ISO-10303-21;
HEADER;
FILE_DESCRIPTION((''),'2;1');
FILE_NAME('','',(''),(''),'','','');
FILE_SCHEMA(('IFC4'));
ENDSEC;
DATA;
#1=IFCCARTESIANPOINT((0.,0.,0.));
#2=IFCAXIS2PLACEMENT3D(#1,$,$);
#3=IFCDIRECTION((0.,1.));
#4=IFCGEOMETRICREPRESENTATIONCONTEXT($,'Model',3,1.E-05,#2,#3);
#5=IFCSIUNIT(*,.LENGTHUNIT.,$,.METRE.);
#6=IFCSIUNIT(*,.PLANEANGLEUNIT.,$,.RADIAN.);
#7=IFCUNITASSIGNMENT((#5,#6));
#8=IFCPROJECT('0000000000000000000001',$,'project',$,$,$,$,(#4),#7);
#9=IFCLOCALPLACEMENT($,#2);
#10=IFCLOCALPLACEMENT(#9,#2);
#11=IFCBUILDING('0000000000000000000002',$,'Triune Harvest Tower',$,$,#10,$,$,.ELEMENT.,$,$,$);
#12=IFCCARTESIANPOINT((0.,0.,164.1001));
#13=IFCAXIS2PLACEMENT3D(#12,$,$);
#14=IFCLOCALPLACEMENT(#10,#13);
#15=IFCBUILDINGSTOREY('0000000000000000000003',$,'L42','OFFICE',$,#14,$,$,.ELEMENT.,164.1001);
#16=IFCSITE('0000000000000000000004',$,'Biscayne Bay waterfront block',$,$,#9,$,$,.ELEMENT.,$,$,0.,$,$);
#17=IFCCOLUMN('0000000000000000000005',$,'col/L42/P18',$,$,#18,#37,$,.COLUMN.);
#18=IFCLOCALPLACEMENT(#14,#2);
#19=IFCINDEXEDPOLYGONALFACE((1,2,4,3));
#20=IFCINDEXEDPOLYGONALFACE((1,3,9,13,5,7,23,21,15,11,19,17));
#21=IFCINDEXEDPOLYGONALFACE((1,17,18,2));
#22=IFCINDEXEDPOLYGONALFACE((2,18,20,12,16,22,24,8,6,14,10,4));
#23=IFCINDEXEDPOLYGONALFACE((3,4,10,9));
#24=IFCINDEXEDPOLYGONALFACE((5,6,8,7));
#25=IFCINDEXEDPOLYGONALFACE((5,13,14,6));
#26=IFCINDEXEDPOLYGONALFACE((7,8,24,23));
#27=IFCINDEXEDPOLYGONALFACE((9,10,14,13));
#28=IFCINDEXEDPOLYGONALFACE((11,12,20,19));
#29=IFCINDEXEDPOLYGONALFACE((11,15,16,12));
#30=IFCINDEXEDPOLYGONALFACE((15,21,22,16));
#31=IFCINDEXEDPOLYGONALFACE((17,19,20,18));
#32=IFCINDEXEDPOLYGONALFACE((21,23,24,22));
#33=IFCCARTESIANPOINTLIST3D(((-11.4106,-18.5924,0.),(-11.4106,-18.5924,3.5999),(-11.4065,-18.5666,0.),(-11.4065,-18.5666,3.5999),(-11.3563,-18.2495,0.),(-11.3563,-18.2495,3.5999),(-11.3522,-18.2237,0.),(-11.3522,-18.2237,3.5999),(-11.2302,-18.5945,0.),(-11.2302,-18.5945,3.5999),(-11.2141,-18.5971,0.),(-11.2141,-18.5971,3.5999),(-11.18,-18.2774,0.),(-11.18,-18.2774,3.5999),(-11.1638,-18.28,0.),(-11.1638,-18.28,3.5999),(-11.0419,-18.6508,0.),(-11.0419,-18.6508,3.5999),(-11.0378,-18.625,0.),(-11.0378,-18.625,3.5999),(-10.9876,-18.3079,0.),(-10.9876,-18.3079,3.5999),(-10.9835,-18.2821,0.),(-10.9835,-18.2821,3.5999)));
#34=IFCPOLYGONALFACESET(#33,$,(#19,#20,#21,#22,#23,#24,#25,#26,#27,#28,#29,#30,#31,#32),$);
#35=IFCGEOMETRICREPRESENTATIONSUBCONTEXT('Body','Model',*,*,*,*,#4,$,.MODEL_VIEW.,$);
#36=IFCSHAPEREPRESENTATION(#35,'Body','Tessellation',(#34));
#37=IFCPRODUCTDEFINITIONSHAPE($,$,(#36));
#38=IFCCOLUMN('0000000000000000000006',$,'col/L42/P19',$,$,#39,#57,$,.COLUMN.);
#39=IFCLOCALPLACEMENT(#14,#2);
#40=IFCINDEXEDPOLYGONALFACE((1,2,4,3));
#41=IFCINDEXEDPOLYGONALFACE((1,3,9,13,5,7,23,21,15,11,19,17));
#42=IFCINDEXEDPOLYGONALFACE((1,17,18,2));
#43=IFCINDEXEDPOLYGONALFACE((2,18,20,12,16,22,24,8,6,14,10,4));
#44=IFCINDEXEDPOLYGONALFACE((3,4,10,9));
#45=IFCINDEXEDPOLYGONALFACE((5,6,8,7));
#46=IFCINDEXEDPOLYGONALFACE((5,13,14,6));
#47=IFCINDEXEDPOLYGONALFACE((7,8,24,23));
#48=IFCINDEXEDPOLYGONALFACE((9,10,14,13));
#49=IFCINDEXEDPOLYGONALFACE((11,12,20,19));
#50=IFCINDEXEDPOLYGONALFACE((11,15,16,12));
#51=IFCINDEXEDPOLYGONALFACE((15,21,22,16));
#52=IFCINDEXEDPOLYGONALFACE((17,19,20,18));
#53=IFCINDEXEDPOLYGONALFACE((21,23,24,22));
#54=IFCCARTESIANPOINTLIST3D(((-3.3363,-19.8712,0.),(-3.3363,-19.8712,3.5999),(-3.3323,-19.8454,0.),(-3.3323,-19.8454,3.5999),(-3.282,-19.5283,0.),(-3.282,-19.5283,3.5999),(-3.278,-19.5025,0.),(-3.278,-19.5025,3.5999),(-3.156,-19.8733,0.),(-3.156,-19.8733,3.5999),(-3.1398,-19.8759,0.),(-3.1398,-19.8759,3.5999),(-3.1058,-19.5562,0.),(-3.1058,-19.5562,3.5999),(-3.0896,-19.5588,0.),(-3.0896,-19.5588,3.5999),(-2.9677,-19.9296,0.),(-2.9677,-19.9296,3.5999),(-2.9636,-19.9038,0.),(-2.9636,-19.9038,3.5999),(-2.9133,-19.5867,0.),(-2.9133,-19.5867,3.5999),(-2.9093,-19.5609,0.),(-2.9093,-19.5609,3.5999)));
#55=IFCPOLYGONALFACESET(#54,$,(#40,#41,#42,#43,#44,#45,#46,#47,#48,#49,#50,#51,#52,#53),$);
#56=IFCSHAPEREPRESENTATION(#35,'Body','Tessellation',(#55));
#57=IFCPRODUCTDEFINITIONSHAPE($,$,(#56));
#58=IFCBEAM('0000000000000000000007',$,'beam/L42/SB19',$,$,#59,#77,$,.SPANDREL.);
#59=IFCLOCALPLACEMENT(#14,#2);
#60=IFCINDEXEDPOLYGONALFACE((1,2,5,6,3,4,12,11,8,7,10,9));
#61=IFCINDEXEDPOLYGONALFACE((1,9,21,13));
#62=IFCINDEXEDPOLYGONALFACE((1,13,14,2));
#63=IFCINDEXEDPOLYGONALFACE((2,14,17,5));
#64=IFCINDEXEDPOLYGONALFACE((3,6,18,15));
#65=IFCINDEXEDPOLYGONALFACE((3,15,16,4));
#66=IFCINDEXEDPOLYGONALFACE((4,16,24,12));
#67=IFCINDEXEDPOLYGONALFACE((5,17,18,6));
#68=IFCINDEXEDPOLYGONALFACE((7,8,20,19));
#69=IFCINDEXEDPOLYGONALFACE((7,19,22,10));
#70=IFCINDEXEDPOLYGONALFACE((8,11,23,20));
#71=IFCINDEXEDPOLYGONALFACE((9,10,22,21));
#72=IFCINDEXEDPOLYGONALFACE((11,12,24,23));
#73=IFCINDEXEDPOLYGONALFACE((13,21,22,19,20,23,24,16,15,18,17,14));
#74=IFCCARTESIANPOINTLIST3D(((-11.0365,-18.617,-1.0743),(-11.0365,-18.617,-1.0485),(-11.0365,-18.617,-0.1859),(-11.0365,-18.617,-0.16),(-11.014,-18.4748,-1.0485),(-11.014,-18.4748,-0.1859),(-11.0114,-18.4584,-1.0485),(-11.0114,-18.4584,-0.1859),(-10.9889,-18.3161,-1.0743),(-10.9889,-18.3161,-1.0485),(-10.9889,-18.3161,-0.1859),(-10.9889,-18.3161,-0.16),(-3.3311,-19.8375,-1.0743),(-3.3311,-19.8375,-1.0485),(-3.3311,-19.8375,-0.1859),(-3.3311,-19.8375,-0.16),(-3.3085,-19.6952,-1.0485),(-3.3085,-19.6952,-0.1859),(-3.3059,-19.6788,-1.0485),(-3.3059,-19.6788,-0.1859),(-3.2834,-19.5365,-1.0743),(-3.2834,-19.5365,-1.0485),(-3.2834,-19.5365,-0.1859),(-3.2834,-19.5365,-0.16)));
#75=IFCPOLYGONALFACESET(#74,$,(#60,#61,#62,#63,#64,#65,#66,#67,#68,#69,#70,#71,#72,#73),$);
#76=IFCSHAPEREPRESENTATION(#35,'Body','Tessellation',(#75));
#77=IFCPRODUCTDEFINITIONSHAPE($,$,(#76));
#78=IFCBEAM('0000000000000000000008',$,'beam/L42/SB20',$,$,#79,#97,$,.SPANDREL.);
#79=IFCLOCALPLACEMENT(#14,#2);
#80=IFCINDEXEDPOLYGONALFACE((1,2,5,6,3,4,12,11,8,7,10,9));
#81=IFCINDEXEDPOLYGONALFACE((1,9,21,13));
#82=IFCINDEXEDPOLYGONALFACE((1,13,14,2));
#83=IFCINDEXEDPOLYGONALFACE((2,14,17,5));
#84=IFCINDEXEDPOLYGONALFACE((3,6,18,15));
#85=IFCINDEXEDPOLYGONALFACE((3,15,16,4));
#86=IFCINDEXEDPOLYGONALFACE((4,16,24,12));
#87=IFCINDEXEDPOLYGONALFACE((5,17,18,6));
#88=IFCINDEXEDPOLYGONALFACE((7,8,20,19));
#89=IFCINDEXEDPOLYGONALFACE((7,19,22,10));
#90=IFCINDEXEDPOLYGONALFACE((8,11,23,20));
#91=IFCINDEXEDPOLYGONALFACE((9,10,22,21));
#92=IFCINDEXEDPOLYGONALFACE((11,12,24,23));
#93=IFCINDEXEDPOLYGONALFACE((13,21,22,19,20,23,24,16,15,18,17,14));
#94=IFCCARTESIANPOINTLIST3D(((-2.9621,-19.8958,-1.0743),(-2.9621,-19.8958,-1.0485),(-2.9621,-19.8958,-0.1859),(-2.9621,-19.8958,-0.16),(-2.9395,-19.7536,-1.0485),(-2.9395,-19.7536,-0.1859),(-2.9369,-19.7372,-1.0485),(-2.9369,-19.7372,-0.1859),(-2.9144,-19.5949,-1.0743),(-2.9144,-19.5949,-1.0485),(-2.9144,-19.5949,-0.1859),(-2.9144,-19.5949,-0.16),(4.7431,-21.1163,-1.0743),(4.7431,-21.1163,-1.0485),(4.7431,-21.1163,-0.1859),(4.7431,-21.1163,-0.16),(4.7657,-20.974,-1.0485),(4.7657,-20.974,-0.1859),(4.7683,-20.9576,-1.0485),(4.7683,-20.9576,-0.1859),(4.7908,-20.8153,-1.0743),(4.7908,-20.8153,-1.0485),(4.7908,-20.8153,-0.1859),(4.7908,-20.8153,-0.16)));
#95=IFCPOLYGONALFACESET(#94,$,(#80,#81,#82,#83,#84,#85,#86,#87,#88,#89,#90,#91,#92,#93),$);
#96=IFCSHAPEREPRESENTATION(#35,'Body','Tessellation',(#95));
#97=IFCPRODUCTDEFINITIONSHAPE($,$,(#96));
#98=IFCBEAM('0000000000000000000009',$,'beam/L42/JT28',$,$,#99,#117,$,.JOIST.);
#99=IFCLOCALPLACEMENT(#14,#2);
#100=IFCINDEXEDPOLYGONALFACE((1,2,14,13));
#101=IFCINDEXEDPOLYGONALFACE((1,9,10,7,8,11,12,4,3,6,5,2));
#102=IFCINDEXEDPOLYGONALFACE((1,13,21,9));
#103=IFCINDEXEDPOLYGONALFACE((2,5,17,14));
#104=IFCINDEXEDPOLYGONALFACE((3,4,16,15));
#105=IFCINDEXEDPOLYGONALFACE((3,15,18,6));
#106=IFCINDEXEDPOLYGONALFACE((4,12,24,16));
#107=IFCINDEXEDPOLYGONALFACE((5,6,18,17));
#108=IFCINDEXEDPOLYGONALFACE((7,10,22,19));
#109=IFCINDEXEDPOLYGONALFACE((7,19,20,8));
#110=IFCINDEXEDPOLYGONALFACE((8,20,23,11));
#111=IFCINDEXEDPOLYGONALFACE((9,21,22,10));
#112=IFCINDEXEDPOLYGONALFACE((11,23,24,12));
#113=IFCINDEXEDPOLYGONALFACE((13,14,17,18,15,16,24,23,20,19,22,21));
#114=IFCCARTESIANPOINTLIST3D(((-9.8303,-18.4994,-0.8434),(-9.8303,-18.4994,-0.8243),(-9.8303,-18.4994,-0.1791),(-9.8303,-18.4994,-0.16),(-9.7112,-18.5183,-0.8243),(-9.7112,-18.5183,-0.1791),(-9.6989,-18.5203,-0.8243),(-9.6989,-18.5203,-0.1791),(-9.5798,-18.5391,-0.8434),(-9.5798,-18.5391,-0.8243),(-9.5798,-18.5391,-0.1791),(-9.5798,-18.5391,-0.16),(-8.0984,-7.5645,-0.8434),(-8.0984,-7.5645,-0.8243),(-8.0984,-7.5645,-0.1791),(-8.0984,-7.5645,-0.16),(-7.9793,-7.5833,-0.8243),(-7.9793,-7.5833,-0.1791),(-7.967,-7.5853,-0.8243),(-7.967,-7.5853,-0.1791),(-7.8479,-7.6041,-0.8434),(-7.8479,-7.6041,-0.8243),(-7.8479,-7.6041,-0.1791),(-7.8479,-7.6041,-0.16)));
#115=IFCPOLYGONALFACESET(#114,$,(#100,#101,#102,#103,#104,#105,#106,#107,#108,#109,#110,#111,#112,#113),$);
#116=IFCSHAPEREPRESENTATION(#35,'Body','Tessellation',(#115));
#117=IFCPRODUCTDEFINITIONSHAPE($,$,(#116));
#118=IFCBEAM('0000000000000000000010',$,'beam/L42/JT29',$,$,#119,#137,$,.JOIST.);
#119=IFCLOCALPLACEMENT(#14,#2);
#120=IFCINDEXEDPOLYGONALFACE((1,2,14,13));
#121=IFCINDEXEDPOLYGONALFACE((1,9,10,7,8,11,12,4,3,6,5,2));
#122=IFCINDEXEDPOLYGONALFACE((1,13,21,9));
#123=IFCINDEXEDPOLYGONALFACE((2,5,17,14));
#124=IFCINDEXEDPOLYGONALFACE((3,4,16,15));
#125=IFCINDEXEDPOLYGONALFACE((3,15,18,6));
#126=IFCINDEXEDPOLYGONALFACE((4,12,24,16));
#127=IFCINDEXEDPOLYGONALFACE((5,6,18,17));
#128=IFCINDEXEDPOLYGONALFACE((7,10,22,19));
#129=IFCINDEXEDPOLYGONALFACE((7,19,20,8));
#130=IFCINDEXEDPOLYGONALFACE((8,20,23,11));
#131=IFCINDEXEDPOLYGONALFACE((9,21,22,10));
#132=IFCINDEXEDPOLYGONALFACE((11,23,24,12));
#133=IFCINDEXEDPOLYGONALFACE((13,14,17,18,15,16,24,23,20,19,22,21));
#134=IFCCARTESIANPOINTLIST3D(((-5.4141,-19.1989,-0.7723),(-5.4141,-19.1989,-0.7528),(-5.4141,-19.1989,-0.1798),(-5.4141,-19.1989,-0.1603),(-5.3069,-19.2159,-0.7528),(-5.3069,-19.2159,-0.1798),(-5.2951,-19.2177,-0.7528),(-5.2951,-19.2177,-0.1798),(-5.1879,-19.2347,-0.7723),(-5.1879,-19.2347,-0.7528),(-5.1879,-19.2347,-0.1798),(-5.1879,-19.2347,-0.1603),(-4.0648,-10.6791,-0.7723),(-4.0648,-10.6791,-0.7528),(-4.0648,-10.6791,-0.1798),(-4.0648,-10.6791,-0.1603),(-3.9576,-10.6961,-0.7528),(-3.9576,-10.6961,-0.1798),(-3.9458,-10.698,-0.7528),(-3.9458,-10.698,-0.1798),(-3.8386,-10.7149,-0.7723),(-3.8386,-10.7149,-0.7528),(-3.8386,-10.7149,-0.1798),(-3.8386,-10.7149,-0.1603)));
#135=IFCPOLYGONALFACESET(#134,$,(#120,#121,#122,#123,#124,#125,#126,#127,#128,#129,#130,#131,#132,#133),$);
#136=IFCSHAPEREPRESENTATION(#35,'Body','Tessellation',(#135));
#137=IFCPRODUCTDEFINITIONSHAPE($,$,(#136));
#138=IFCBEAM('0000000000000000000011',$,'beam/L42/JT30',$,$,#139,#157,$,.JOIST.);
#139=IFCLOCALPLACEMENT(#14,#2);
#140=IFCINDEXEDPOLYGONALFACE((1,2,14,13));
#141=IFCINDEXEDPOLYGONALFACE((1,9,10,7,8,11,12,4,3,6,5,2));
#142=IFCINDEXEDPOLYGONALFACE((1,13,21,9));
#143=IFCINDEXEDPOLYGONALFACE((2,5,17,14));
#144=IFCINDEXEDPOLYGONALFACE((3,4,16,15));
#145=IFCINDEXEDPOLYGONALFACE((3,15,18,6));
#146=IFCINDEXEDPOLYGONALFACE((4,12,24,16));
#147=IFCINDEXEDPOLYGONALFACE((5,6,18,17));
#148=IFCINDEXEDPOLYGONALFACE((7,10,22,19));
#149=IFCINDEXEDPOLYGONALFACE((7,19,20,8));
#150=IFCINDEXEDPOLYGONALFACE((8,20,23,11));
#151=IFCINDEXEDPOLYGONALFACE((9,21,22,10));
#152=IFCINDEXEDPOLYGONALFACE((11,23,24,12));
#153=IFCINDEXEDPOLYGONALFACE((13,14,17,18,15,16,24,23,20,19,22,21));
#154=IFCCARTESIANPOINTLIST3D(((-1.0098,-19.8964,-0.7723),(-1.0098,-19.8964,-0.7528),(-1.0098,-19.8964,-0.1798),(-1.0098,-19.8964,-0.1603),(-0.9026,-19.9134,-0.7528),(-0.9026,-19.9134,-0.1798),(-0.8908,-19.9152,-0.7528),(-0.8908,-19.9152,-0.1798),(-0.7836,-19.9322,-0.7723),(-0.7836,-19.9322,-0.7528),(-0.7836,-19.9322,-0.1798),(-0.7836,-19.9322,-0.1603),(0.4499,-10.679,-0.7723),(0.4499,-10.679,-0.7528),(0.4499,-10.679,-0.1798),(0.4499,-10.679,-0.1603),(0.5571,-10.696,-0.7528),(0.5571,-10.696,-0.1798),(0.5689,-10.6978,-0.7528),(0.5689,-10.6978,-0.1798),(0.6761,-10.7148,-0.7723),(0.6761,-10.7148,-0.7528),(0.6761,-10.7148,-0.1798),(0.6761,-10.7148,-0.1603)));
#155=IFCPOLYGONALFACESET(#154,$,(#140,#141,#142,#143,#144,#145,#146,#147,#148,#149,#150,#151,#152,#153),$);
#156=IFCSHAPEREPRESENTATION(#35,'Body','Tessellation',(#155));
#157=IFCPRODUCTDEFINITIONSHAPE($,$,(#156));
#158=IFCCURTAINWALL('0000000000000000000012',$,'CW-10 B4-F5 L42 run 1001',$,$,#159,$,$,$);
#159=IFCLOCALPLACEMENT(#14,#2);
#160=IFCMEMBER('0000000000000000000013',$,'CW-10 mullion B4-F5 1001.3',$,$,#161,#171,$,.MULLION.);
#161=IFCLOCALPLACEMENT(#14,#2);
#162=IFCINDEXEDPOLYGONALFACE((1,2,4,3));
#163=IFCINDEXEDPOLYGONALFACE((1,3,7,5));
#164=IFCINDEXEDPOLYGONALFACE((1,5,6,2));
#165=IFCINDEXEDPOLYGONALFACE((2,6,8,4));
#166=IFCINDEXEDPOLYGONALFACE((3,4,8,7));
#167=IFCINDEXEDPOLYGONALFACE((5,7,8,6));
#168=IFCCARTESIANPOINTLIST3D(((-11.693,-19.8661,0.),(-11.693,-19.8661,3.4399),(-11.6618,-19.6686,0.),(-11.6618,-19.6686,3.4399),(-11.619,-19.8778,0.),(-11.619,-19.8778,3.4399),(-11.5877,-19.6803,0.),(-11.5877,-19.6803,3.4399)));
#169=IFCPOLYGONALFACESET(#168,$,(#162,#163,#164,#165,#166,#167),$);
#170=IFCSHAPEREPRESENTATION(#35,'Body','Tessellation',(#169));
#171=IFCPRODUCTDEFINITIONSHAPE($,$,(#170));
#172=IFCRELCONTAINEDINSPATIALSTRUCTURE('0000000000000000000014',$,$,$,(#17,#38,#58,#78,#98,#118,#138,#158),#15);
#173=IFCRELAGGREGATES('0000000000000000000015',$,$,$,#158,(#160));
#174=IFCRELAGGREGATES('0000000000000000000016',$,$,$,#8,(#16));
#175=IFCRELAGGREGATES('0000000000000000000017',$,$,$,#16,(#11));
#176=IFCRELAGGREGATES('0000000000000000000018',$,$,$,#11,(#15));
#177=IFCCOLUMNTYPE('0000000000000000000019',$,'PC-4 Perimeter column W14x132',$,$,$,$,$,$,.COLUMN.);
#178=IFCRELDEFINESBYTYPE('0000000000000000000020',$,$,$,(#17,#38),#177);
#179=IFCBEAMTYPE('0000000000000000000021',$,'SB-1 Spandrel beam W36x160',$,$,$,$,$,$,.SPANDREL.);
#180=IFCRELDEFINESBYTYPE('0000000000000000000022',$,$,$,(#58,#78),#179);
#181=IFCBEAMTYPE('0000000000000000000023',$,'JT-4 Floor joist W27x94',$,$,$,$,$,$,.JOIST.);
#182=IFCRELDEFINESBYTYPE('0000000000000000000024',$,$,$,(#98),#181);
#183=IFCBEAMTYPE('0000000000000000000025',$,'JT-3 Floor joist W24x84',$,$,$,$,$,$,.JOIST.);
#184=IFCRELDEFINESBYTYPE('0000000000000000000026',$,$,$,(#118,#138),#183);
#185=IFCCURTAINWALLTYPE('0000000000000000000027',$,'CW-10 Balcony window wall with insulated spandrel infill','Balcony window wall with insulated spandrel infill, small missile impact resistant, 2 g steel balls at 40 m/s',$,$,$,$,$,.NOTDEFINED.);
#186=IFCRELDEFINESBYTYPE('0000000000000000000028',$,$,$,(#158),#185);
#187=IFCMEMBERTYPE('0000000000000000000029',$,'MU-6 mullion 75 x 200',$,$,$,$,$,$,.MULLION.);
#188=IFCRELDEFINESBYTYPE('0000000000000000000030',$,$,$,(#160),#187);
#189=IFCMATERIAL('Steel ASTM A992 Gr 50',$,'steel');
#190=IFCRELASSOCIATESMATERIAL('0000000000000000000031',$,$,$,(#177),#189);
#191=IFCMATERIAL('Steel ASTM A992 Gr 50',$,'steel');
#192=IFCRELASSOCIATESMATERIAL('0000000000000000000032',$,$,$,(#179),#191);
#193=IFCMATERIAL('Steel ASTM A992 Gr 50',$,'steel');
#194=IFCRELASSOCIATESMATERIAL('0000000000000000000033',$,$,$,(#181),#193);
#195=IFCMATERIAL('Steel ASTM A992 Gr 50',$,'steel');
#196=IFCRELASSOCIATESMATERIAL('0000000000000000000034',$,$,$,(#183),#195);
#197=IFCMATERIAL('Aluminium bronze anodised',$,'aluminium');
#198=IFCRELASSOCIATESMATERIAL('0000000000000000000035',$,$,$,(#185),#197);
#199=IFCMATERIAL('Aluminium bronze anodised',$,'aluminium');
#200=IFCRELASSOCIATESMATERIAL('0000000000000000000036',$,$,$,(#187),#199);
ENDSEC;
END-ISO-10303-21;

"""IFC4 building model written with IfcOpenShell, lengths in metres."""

from ifc_helpers import new_model, si_unit, direction, frame, origin, origin_2d, place, context, subcontext, project, spatial, rectangle, i_section, extrude, source, transform, mapped, material, material_profile, profile_set, type_object, element, aggregate, save


model = new_model("IFC4")

# Units and contexts
model_context = context("Model", 3, precision=1e-05, world=origin(), true_north=direction((0.0, 1.0)))
body_context = subcontext(model_context, "Body", "Model", "MODEL_VIEW")
ifc_project = project(units=[si_unit("LENGTHUNIT", "METRE"), si_unit("PLANEANGLEUNIT", "RADIAN")], contexts=[model_context])

# Site, building, storey
site_placement = place(None, origin())
site = spatial("IfcSite", under=ifc_project, at=site_placement, Name="Biscayne Bay waterfront block", CompositionType="ELEMENT", RefElevation=0.0)
building_placement = place(site_placement, origin())
building = spatial("IfcBuilding", under=site, at=building_placement, Name="Triune Harvest Tower", CompositionType="ELEMENT")
storey_placement = place(building_placement, frame((0.0, 0.0, 164.1001)))
storey = spatial("IfcBuildingStorey", under=building, at=storey_placement, Name="L42", Description="OFFICE", CompositionType="ELEMENT", Elevation=164.1001)

# Columns
ifc_material_1 = material(Name="Steel ASTM A992 Gr 50", Category="steel")
ifc_material_profile_1 = material_profile(ifc_material_1, i_section(OverallWidth=0.3733, OverallDepth=0.3733, WebThickness=0.0164, FlangeThickness=0.0261, at=origin_2d()), Name="W14x132")
ifc_profile_set_1 = profile_set([ifc_material_profile_1], Name="Steel ASTM A992 Gr 50")
column_type = type_object("IfcColumnType", Name="PC-4 Perimeter column W14x132", PredefinedType="COLUMN", material=ifc_profile_set_1)
shared_shape_1 = source(origin(), body_context, "Body", "SweptSolid", [
    extrude(i_section(OverallWidth=0.3733, OverallDepth=0.3733, WebThickness=0.0164, FlangeThickness=0.0261, at=origin_2d()), origin(), (0.0, 0.0, 1.0), 3.5999),
])
for number, where, z_axis, x_axis, name in (
    (1, (-11.197, -18.4373, 0.0), (0.0, 0.0, 1.0), (0.987688, -0.156434, 0.0), "col/L42/P18"),
    (2, (-3.1228, -19.7161, 0.0), (0.0, 0.0, 1.0), (0.987688, -0.156434, 0.0), "col/L42/P19"),
):
    element("IfcColumn", number, at=place(storey_placement, frame(where, z_axis=z_axis, x_axis=x_axis)), inside=storey, type_object=column_type, Name=name, PredefinedType="COLUMN", context=body_context, shape_type="MappedRepresentation", body=[
        mapped(shared_shape_1, transform((0.0, 0.0, 0.0), scale=1.0)),
    ])

# Beams
ifc_material_2 = material(Name="Steel ASTM A992 Gr 50", Category="steel")
ifc_material_profile_2 = material_profile(ifc_material_2, i_section(OverallWidth=0.3047, OverallDepth=0.9143, WebThickness=0.0166, FlangeThickness=0.0259, at=origin_2d()), Name="W36x160")
ifc_profile_set_2 = profile_set([ifc_material_profile_2], Name="Steel ASTM A992 Gr 50")
beam_type_1 = type_object("IfcBeamType", Name="SB-1 Spandrel beam W36x160", PredefinedType="SPANDREL", material=ifc_profile_set_2)
shared_shape_2 = source(origin(), body_context, "Body", "SweptSolid", [
    extrude(i_section(OverallWidth=0.3047, OverallDepth=0.9143, WebThickness=0.0166, FlangeThickness=0.0259, at=origin_2d()), origin(), (0.0, 0.0, 1.0), 7.8015),
])
beam_1_placement = place(storey_placement, frame((-11.0127, -18.4666, -0.6172), z_axis=(0.987688, -0.156437, 0.0), x_axis=(0.156437, 0.987688, 0.0)))
element("IfcBeam", 3, at=beam_1_placement, inside=storey, type_object=beam_type_1, Name="beam/L42/SB19", PredefinedType="SPANDREL", context=body_context, shape_type="MappedRepresentation", body=[
    mapped(shared_shape_2, transform((0.0, 0.0, 0.0), scale=1.0)),
])
shared_shape_3 = source(origin(), body_context, "Body", "SweptSolid", [
    extrude(i_section(OverallWidth=0.3047, OverallDepth=0.9143, WebThickness=0.0166, FlangeThickness=0.0259, at=origin_2d()), origin(), (0.0, 0.0, 1.0), 7.8013),
])
beam_2_placement = place(storey_placement, frame((-2.9382, -19.7454, -0.6172), z_axis=(0.987687, -0.156441, 0.0), x_axis=(0.156441, 0.987687, 0.0)))
element("IfcBeam", 4, at=beam_2_placement, inside=storey, type_object=beam_type_1, Name="beam/L42/SB20", PredefinedType="SPANDREL", context=body_context, shape_type="MappedRepresentation", body=[
    mapped(shared_shape_3, transform((0.0, 0.0, 0.0), scale=1.0)),
])
ifc_material_3 = material(Name="Steel ASTM A992 Gr 50", Category="steel")
ifc_material_profile_3 = material_profile(ifc_material_3, i_section(OverallWidth=0.2537, OverallDepth=0.6833, WebThickness=0.0125, FlangeThickness=0.019, at=origin_2d()), Name="W27x94")
ifc_profile_set_3 = profile_set([ifc_material_profile_3], Name="Steel ASTM A992 Gr 50")
beam_type_2 = type_object("IfcBeamType", Name="JT-4 Floor joist W27x94", PredefinedType="JOIST", material=ifc_profile_set_3)
shared_shape_4 = source(origin(), body_context, "Body", "SweptSolid", [
    extrude(i_section(OverallWidth=0.2537, OverallDepth=0.6833, WebThickness=0.0125, FlangeThickness=0.019, at=origin_2d()), origin(), (0.0, 0.0, 1.0), 11.0713),
])
beam_3_placement = place(storey_placement, frame((-9.7051, -18.5193, -0.5017), z_axis=(0.156434, 0.987688, 0.0), x_axis=(-0.987688, 0.156434, 0.0)))
element("IfcBeam", 5, at=beam_3_placement, inside=storey, type_object=beam_type_2, Name="beam/L42/JT28", PredefinedType="JOIST", context=body_context, shape_type="MappedRepresentation", body=[
    mapped(shared_shape_4, transform((0.0, 0.0, 0.0), scale=1.0)),
])
ifc_material_4 = material(Name="Steel ASTM A992 Gr 50", Category="steel")
ifc_material_profile_4 = material_profile(ifc_material_4, i_section(OverallWidth=0.229, OverallDepth=0.6121, WebThickness=0.012, FlangeThickness=0.0195, at=origin_2d()), Name="W24x84")
ifc_profile_set_4 = profile_set([ifc_material_profile_4], Name="Steel ASTM A992 Gr 50")
beam_type_3 = type_object("IfcBeamType", Name="JT-3 Floor joist W24x84", PredefinedType="JOIST", material=ifc_profile_set_4)
shared_shape_5 = source(origin(), body_context, "Body", "SweptSolid", [
    extrude(i_section(OverallWidth=0.229, OverallDepth=0.6121, WebThickness=0.012, FlangeThickness=0.0195, at=origin_2d()), origin(), (0.0, 0.0, 1.0), 8.626),
])
beam_4_placement = place(storey_placement, frame((-5.301, -19.2168, -0.4663), z_axis=(0.156431, 0.987689, 0.0), x_axis=(-0.987689, 0.156431, 0.0)))
element("IfcBeam", 6, at=beam_4_placement, inside=storey, type_object=beam_type_3, Name="beam/L42/JT29", PredefinedType="JOIST", context=body_context, shape_type="MappedRepresentation", body=[
    mapped(shared_shape_5, transform((0.0, 0.0, 0.0), scale=1.0)),
])
shared_shape_6 = source(origin(), body_context, "Body", "SweptSolid", [
    extrude(i_section(OverallWidth=0.229, OverallDepth=0.6121, WebThickness=0.012, FlangeThickness=0.0195, at=origin_2d()), origin(), (0.0, 0.0, 1.0), 9.3323),
])
beam_5_placement = place(storey_placement, frame((-0.8967, -19.9143, -0.4663), z_axis=(0.156418, 0.987691, 0.0), x_axis=(-0.987691, 0.156418, 0.0)))
element("IfcBeam", 7, at=beam_5_placement, inside=storey, type_object=beam_type_3, Name="beam/L42/JT30", PredefinedType="JOIST", context=body_context, shape_type="MappedRepresentation", body=[
    mapped(shared_shape_6, transform((0.0, 0.0, 0.0), scale=1.0)),
])

# Curtain wall, member
ifc_material_5 = material(Name="Aluminium bronze anodised", Category="aluminium")
curtain_wall_type_1 = type_object("IfcCurtainWallType", Name="CW-10 Balcony window wall with insulated spandrel infill", Description="Balcony window wall with insulated spandrel infill, small missile impact resistant, 2 g steel balls at 40 m/s", PredefinedType="NOTDEFINED", material=ifc_material_5)
curtain_wall_1_placement = place(storey_placement, origin())
curtain_wall_1 = element("IfcCurtainWall", 8, at=curtain_wall_1_placement, inside=storey, type_object=curtain_wall_type_1, Name="CW-10 B4-F5 L42 run 1001")
ifc_material_6 = material(Name="Aluminium bronze anodised", Category="aluminium")
ifc_material_profile_5 = material_profile(ifc_material_6, rectangle(XDim=0.2, YDim=0.075, at=origin_2d()), Name="MU-6 mullion 75 x 200")
ifc_profile_set_5 = profile_set([ifc_material_profile_5], Name="Aluminium bronze anodised")
member_type_1 = type_object("IfcMemberType", Name="MU-6 mullion 75 x 200", PredefinedType="MULLION", material=ifc_profile_set_5)
shared_shape_7 = source(origin(), body_context, "Body", "SweptSolid", [
    extrude(rectangle(XDim=0.2, YDim=0.075, at=origin_2d()), origin(), (0.0, 0.0, 1.0), 3.4399),
])
member_1_placement = place(storey_placement, frame((-11.6404, -19.7732, 0.0), z_axis=(0.0, 0.0, 1.0), x_axis=(0.156438, 0.987688, 0.0)))
member_1 = element("IfcMember", 9, at=member_1_placement, type_object=member_type_1, Name="CW-10 mullion B4-F5 1001.3", PredefinedType="MULLION", context=body_context, shape_type="MappedRepresentation", body=[
    mapped(shared_shape_7, transform((0.0, 0.0, 0.0), scale=1.0)),
])

aggregate(curtain_wall_1, [member_1])

save(model, "model.ifc")
